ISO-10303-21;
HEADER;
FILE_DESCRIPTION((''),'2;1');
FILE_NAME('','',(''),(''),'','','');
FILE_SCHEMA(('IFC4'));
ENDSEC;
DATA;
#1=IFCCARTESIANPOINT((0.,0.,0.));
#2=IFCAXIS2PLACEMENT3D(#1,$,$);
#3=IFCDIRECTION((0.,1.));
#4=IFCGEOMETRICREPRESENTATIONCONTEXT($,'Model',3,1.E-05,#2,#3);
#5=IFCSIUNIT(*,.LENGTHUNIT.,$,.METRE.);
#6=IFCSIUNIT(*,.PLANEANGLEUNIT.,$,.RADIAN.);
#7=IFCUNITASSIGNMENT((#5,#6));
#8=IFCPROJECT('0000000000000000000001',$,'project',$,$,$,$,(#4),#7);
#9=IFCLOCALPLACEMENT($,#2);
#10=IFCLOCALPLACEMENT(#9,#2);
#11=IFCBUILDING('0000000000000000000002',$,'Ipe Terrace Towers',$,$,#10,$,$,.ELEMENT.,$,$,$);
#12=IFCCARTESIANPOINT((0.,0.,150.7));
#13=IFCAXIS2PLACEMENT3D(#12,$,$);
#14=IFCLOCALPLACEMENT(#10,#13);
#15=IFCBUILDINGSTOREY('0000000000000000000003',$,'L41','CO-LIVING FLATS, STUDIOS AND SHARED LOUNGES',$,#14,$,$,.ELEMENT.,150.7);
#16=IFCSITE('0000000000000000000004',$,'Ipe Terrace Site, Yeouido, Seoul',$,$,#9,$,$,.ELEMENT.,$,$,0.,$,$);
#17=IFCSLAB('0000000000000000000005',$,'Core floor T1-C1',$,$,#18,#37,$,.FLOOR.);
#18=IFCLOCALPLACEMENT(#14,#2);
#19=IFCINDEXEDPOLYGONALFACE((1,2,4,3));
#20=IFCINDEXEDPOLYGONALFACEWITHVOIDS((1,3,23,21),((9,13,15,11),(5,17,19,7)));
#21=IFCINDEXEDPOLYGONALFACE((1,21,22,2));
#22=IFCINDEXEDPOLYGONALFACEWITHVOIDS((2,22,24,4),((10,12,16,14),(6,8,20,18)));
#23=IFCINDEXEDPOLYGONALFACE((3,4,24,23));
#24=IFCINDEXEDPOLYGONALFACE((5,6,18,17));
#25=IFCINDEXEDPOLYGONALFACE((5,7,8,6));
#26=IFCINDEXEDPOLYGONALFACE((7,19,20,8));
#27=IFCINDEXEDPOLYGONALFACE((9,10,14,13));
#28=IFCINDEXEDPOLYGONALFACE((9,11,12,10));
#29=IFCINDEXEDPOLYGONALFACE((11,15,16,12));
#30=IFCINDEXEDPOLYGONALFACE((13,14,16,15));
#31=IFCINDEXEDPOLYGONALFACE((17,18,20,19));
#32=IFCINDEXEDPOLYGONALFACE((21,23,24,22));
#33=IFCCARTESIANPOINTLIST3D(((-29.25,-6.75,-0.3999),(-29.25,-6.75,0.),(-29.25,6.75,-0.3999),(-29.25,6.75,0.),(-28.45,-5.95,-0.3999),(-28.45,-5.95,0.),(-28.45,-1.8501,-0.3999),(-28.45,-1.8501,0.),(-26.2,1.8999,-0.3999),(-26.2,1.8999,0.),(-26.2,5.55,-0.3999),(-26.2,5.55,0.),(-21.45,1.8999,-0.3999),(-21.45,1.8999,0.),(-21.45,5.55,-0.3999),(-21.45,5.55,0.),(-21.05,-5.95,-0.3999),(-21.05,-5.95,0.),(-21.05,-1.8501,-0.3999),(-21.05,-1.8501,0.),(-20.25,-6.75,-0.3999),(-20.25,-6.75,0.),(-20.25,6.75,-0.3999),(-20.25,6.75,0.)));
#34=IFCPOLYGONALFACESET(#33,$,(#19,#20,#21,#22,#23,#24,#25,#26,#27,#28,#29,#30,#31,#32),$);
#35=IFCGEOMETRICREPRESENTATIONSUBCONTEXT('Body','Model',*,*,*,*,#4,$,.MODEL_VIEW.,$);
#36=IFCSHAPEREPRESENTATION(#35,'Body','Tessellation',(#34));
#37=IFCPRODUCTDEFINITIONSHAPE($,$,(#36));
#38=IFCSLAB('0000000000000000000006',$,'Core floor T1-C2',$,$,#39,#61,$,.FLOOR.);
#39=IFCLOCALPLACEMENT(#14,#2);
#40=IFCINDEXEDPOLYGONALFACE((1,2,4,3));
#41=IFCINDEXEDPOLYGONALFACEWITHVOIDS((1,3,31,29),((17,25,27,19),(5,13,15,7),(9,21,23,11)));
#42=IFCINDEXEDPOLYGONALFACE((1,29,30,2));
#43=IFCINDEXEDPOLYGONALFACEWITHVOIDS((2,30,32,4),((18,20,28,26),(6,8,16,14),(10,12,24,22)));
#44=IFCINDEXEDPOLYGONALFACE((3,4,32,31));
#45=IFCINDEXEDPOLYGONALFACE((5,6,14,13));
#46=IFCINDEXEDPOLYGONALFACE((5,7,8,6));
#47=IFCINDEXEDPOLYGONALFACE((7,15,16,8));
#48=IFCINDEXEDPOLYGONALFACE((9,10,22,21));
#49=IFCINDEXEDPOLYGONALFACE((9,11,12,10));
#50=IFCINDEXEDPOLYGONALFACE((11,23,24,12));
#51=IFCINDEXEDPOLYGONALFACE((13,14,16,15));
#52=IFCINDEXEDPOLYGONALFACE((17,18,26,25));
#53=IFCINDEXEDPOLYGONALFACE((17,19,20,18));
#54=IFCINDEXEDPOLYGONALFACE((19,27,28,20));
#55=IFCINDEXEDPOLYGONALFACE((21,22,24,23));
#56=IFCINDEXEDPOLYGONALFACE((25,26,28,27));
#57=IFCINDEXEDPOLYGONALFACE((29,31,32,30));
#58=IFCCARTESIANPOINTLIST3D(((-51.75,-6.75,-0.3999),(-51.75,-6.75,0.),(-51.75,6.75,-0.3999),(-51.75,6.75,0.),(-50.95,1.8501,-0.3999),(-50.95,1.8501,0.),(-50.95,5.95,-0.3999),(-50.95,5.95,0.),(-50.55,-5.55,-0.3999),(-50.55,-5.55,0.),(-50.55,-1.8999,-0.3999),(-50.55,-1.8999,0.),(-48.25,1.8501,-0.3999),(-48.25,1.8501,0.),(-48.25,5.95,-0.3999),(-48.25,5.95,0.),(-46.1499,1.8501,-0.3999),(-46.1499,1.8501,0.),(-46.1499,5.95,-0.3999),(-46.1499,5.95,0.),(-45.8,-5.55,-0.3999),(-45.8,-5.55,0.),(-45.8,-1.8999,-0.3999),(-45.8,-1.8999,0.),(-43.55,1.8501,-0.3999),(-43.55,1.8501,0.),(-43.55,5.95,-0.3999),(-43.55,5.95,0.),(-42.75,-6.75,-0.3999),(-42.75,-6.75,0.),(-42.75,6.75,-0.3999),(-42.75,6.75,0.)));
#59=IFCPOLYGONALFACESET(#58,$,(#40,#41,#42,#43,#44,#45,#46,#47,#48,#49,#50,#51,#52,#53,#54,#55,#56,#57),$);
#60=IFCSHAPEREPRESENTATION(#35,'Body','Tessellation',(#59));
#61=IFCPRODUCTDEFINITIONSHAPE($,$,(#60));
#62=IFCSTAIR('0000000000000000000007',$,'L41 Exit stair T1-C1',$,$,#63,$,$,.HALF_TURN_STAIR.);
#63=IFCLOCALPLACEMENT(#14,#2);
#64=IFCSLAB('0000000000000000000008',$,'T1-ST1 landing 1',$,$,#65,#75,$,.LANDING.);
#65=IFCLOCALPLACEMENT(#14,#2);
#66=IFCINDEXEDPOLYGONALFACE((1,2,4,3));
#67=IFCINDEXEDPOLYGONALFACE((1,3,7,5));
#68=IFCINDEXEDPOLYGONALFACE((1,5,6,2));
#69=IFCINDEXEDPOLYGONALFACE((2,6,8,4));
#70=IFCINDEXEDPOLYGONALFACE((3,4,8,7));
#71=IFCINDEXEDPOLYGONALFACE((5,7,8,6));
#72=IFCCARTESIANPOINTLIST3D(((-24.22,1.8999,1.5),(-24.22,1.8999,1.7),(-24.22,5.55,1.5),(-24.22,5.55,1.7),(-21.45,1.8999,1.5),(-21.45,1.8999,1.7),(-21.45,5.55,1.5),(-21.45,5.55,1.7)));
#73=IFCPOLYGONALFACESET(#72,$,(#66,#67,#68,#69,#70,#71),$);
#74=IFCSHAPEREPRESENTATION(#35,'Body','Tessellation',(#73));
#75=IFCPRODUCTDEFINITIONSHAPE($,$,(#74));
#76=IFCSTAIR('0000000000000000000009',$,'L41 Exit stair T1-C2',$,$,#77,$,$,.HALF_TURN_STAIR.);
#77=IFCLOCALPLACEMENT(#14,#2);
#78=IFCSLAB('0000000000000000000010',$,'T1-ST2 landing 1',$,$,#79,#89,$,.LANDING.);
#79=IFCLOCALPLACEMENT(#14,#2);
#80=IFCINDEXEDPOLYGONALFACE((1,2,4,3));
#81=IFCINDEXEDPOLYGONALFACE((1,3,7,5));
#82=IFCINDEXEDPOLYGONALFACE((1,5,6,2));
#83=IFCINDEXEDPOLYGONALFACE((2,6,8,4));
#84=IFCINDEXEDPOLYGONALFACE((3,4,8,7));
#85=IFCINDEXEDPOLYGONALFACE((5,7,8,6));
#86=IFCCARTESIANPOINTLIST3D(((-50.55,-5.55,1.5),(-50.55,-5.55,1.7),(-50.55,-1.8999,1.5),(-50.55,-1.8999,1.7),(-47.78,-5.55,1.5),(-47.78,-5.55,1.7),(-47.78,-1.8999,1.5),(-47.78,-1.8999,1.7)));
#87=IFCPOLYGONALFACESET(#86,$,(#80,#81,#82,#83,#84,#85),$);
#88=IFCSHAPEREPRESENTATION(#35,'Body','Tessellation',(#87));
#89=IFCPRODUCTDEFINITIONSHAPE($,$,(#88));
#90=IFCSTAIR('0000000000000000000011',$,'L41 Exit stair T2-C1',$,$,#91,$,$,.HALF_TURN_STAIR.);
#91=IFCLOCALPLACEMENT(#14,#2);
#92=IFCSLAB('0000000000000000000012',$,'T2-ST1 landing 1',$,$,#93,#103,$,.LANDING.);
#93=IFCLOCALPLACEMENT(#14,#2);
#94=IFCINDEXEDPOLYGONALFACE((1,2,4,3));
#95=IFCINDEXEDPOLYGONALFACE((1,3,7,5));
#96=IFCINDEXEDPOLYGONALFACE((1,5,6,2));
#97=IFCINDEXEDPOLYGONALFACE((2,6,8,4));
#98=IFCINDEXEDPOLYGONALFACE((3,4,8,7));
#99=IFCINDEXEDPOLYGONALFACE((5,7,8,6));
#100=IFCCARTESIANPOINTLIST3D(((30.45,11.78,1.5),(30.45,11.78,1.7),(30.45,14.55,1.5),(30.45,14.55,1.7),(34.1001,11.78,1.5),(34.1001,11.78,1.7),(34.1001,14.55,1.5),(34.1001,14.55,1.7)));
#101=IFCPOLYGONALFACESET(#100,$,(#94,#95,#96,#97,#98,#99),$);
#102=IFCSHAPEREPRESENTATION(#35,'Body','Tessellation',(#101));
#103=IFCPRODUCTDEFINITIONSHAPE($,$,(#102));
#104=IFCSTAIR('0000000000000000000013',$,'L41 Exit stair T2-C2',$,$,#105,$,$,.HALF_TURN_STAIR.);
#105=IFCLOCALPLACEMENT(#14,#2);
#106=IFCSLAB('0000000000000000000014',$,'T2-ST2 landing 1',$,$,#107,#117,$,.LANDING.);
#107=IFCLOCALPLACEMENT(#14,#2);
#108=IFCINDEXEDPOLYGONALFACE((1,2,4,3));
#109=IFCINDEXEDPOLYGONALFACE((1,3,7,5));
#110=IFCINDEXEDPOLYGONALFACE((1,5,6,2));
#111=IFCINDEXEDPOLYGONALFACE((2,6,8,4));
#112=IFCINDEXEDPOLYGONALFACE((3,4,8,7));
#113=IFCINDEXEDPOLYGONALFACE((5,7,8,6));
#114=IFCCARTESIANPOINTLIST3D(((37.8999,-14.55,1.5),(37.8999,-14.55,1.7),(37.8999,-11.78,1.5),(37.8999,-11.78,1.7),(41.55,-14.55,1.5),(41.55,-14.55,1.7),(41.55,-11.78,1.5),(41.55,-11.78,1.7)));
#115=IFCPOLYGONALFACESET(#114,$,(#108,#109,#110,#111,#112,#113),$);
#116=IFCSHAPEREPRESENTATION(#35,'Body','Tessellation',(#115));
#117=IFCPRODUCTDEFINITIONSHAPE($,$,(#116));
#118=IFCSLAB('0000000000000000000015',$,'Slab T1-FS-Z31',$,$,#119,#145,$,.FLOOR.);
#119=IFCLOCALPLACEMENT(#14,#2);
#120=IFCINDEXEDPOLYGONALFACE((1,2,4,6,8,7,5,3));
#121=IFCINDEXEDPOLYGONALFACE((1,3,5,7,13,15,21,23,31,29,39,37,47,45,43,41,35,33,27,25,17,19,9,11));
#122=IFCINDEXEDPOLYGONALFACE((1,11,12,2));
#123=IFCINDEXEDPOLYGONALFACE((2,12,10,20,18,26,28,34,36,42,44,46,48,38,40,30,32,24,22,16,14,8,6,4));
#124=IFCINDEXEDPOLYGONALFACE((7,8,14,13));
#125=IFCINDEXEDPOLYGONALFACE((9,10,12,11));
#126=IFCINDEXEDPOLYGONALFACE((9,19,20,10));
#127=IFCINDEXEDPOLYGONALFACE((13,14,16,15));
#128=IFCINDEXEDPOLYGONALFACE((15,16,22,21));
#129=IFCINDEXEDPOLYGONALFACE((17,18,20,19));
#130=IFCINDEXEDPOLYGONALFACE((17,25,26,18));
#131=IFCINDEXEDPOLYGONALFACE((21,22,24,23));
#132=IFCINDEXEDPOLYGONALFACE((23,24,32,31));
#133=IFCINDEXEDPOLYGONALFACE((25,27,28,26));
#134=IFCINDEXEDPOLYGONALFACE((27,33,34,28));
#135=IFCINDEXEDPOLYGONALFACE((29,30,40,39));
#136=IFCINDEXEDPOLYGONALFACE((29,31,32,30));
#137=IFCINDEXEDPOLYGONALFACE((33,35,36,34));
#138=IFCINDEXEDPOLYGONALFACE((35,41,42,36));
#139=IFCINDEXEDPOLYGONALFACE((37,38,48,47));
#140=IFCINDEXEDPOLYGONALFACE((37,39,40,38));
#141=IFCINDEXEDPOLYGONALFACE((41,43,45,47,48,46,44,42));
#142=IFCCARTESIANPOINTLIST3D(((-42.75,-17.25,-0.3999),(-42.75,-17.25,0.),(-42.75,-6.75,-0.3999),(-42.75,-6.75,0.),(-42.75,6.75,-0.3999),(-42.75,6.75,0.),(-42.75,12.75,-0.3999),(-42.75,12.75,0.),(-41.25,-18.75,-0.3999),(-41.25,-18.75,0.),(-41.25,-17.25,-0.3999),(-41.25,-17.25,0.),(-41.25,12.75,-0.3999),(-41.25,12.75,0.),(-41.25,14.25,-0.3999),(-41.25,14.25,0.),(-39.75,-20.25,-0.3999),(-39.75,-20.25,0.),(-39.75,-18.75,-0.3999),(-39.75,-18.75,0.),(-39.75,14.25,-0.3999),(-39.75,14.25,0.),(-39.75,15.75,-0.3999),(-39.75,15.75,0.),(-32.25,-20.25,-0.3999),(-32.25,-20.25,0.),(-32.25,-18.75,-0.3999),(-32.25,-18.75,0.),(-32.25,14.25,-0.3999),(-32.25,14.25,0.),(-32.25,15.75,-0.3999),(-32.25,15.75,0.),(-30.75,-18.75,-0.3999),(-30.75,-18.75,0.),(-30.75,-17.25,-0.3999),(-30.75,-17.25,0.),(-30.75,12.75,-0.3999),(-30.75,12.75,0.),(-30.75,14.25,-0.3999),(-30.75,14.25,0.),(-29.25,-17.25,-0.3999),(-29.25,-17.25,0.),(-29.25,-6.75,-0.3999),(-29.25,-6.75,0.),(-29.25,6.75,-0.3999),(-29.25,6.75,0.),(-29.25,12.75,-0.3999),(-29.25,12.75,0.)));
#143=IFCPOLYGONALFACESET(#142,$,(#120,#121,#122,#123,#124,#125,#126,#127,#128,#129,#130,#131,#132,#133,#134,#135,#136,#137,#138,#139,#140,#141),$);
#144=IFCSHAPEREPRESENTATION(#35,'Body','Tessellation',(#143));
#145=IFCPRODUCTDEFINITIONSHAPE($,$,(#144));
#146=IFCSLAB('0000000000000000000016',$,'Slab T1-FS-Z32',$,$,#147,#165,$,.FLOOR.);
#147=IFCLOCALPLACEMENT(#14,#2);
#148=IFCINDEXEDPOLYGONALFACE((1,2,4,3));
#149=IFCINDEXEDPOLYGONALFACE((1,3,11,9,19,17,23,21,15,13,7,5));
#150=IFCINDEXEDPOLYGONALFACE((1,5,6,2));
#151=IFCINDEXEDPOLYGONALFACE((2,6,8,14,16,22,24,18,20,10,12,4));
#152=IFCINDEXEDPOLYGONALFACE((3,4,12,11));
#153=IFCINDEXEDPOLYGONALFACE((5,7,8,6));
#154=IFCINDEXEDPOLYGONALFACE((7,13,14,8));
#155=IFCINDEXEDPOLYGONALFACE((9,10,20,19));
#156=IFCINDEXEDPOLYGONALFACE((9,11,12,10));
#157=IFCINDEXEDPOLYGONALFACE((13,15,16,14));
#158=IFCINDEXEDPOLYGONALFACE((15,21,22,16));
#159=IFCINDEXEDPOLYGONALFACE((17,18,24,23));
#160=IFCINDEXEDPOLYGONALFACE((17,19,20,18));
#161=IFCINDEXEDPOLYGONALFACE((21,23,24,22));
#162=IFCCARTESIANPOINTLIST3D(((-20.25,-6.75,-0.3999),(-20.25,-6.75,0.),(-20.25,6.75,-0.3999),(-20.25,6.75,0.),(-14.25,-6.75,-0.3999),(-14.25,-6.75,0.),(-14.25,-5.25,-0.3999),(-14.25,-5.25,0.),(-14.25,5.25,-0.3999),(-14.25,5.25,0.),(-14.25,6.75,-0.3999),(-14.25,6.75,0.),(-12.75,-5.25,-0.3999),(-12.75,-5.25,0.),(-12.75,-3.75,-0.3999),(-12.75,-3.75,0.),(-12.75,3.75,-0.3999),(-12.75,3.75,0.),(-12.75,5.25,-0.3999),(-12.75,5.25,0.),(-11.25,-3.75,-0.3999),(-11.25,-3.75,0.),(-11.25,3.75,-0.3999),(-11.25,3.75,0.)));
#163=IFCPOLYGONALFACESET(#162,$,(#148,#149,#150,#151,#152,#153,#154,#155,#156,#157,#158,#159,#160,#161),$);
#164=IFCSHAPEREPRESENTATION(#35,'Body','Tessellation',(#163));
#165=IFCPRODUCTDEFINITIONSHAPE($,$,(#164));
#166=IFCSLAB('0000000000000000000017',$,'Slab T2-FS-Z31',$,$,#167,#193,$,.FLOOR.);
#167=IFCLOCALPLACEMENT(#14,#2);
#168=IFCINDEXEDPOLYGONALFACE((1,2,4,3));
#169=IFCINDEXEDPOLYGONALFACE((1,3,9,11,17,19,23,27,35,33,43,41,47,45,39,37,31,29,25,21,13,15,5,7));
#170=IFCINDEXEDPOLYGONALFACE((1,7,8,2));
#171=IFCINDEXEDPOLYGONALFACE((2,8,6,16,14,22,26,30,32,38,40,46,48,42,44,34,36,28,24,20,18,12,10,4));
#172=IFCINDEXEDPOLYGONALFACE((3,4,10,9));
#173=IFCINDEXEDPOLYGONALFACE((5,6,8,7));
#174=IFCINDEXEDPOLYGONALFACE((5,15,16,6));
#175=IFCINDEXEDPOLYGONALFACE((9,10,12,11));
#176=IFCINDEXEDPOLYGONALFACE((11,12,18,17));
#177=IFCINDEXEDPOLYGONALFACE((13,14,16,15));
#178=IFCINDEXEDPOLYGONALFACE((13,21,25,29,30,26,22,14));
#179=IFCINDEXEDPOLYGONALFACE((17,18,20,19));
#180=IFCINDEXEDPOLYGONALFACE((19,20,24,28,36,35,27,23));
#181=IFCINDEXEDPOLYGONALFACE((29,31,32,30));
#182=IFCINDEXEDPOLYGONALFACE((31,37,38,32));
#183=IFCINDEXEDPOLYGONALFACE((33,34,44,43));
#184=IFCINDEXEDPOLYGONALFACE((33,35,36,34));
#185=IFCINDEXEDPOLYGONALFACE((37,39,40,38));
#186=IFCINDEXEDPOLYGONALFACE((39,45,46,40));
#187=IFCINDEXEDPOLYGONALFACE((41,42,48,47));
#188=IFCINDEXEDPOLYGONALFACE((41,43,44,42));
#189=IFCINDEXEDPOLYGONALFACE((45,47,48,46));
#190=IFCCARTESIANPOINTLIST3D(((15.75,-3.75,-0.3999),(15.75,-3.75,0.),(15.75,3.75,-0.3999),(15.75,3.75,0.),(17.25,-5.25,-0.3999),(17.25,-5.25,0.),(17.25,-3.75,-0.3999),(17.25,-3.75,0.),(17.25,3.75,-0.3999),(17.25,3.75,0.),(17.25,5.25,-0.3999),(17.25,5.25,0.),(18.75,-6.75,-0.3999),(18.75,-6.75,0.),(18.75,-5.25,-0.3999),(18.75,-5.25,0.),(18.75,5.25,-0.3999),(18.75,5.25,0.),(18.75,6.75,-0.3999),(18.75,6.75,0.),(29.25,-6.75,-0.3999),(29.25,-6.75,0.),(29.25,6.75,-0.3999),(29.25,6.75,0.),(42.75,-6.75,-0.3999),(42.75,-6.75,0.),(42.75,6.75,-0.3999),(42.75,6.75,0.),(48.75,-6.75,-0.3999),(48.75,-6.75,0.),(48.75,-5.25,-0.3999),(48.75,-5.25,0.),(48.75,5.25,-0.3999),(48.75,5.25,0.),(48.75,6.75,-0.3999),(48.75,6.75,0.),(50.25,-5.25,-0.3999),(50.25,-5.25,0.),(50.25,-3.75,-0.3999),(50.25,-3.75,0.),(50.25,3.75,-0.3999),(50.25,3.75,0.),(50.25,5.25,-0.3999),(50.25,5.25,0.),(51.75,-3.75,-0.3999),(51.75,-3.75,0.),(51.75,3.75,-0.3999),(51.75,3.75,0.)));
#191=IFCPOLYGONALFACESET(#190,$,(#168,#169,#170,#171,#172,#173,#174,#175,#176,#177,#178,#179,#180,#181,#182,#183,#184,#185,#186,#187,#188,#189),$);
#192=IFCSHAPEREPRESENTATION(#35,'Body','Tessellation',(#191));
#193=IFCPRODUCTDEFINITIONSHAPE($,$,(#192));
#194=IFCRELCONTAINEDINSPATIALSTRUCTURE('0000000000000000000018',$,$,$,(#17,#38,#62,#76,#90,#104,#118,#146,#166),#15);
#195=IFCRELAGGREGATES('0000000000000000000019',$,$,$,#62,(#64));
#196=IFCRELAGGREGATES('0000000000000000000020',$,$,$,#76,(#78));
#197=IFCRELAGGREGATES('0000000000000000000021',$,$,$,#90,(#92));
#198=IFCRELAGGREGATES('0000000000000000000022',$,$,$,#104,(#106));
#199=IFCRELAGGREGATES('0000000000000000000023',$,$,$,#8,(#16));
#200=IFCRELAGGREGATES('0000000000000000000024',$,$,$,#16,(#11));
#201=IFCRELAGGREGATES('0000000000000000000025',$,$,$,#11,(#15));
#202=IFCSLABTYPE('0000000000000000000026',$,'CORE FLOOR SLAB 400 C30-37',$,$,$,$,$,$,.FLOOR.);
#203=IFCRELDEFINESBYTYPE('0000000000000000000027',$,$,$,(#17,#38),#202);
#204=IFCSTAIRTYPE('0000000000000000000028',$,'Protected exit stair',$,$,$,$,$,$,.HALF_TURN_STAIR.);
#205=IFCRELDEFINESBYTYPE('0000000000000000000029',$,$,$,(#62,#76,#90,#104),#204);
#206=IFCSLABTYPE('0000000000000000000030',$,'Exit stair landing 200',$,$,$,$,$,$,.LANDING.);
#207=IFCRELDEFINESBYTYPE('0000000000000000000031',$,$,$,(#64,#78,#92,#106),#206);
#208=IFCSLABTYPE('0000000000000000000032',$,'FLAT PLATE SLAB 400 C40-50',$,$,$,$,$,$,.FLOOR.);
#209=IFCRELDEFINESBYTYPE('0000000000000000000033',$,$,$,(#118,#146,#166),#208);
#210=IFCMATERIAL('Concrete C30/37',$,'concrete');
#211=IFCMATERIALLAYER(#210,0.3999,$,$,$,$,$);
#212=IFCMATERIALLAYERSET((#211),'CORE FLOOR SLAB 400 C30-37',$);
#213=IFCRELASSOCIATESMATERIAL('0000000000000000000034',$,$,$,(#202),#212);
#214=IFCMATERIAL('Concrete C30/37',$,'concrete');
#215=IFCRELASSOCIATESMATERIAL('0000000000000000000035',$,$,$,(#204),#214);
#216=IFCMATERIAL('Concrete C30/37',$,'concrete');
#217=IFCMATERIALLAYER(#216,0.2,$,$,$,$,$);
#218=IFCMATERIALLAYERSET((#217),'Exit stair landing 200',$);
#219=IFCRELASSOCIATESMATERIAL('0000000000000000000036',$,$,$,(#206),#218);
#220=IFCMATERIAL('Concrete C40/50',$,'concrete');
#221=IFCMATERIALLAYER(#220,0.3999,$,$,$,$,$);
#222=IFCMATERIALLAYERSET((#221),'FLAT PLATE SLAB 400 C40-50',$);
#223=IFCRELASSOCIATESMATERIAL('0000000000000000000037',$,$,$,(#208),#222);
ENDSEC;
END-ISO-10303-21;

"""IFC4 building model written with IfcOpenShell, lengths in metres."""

from ifc_helpers import new_model, si_unit, direction, frame, origin, place, context, subcontext, project, spatial, polyline, outline, extrude, material, layer, layer_set, type_object, element, aggregate, save


model = new_model("IFC4")

# Units and contexts
model_context = context("Model", 3, precision=1e-05, world=origin(), true_north=direction((0.0, 1.0)))
body_context = subcontext(model_context, "Body", "Model", "MODEL_VIEW")
ifc_project = project(units=[si_unit("LENGTHUNIT", "METRE"), si_unit("PLANEANGLEUNIT", "RADIAN")], contexts=[model_context])

# Site, building, storey
site_placement = place(None, origin())
site = spatial("IfcSite", under=ifc_project, at=site_placement, Name="Ipe Terrace Site, Yeouido, Seoul", CompositionType="ELEMENT", RefElevation=0.0)
building_placement = place(site_placement, origin())
building = spatial("IfcBuilding", under=site, at=building_placement, Name="Ipe Terrace Towers", CompositionType="ELEMENT")
storey_placement = place(building_placement, frame((0.0, 0.0, 150.7)))
storey = spatial("IfcBuildingStorey", under=building, at=storey_placement, Name="L41", Description="CO-LIVING FLATS, STUDIOS AND SHARED LOUNGES", CompositionType="ELEMENT", Elevation=150.7)

# Slabs
ifc_material_1 = material(Name="Concrete C30/37", Category="concrete")
ifc_layer_1 = layer(ifc_material_1, 0.3999)
ifc_layer_set_1 = layer_set([ifc_layer_1], Name="CORE FLOOR SLAB 400 C30-37")
slab_type_1 = type_object("IfcSlabType", Name="CORE FLOOR SLAB 400 C30-37", PredefinedType="FLOOR", material=ifc_layer_set_1)
slab_1_placement = place(storey_placement, frame((0.0, 0.0, -0.3999)))
element("IfcSlab", 1, at=slab_1_placement, inside=storey, type_object=slab_type_1, Name="Core floor T1-C1", PredefinedType="FLOOR", context=body_context, shape_type="SweptSolid", body=[
    extrude(outline(polyline([(-29.25, -6.75), (-29.25, 6.75), (-20.25, 6.75), (-20.25, -6.75), (-29.25, -6.75)]), holes=[polyline([(-28.45, -5.95), (-21.05, -5.95), (-21.05, -1.8501), (-28.45, -1.8501), (-28.45, -5.95)]), polyline([(-26.2, 5.55), (-26.2, 1.8999), (-21.45, 1.8999), (-21.45, 5.55), (-26.2, 5.55)])]), origin(), (0.0, 0.0, 1.0), 0.3999),
])
slab_2_placement = place(storey_placement, frame((0.0, 0.0, -0.3999)))
element("IfcSlab", 2, at=slab_2_placement, inside=storey, type_object=slab_type_1, Name="Core floor T1-C2", PredefinedType="FLOOR", context=body_context, shape_type="SweptSolid", body=[
    extrude(outline(polyline([(-51.75, -6.75), (-51.75, 6.75), (-42.75, 6.75), (-42.75, -6.75), (-51.75, -6.75)]), holes=[polyline([(-45.8, -1.8999), (-50.55, -1.8999), (-50.55, -5.55), (-45.8, -5.55), (-45.8, -1.8999)]), polyline([(-48.25, 1.8501), (-48.25, 5.95), (-50.95, 5.95), (-50.95, 1.8501), (-48.25, 1.8501)]), polyline([(-43.55, 1.8501), (-43.55, 5.95), (-46.1499, 5.95), (-46.1499, 1.8501), (-43.55, 1.8501)])]), origin(), (0.0, 0.0, 1.0), 0.3999),
])

# Stairs, slabs
ifc_material_2 = material(Name="Concrete C30/37", Category="concrete")
stair_type = type_object("IfcStairType", Name="Protected exit stair", PredefinedType="HALF_TURN_STAIR", material=ifc_material_2)
stair_1_placement = place(storey_placement, origin())
stair_1 = element("IfcStair", 3, at=stair_1_placement, inside=storey, type_object=stair_type, Name="L41 Exit stair T1-C1", PredefinedType="HALF_TURN_STAIR")
ifc_material_3 = material(Name="Concrete C30/37", Category="concrete")
ifc_layer_2 = layer(ifc_material_3, 0.2)
ifc_layer_set_2 = layer_set([ifc_layer_2], Name="Exit stair landing 200")
slab_type_2 = type_object("IfcSlabType", Name="Exit stair landing 200", PredefinedType="LANDING", material=ifc_layer_set_2)
slab_3_placement = place(storey_placement, frame((0.0, 0.0, 1.5)))
slab_3 = element("IfcSlab", 4, at=slab_3_placement, type_object=slab_type_2, Name="T1-ST1 landing 1", PredefinedType="LANDING", context=body_context, shape_type="SweptSolid", body=[
    extrude(outline(polyline([(-24.22, 1.8999), (-21.45, 1.8999), (-21.45, 5.55), (-24.22, 5.55), (-24.22, 1.8999)])), origin(), (0.0, 0.0, 1.0), 0.2),
])
aggregate(stair_1, [slab_3])
stair_2_placement = place(storey_placement, origin())
stair_2 = element("IfcStair", 5, at=stair_2_placement, inside=storey, type_object=stair_type, Name="L41 Exit stair T1-C2", PredefinedType="HALF_TURN_STAIR")
slab_4_placement = place(storey_placement, frame((0.0, 0.0, 1.5)))
slab_4 = element("IfcSlab", 6, at=slab_4_placement, type_object=slab_type_2, Name="T1-ST2 landing 1", PredefinedType="LANDING", context=body_context, shape_type="SweptSolid", body=[
    extrude(outline(polyline([(-47.78, -1.8999), (-50.55, -1.8999), (-50.55, -5.55), (-47.78, -5.55), (-47.78, -1.8999)])), origin(), (0.0, 0.0, 1.0), 0.2),
])
aggregate(stair_2, [slab_4])
stair_3_placement = place(storey_placement, origin())
stair_3 = element("IfcStair", 7, at=stair_3_placement, inside=storey, type_object=stair_type, Name="L41 Exit stair T2-C1", PredefinedType="HALF_TURN_STAIR")
slab_5_placement = place(storey_placement, frame((0.0, 0.0, 1.5)))
slab_5 = element("IfcSlab", 8, at=slab_5_placement, type_object=slab_type_2, Name="T2-ST1 landing 1", PredefinedType="LANDING", context=body_context, shape_type="SweptSolid", body=[
    extrude(outline(polyline([(34.1001, 11.78), (34.1001, 14.55), (30.45, 14.55), (30.45, 11.78), (34.1001, 11.78)])), origin(), (0.0, 0.0, 1.0), 0.2),
])
aggregate(stair_3, [slab_5])
stair_4_placement = place(storey_placement, origin())
stair_4 = element("IfcStair", 9, at=stair_4_placement, inside=storey, type_object=stair_type, Name="L41 Exit stair T2-C2", PredefinedType="HALF_TURN_STAIR")
slab_6_placement = place(storey_placement, frame((0.0, 0.0, 1.5)))
slab_6 = element("IfcSlab", 10, at=slab_6_placement, type_object=slab_type_2, Name="T2-ST2 landing 1", PredefinedType="LANDING", context=body_context, shape_type="SweptSolid", body=[
    extrude(outline(polyline([(37.8999, -11.78), (37.8999, -14.55), (41.55, -14.55), (41.55, -11.78), (37.8999, -11.78)])), origin(), (0.0, 0.0, 1.0), 0.2),
])
aggregate(stair_4, [slab_6])

# Slabs
ifc_material_4 = material(Name="Concrete C40/50", Category="concrete")
ifc_layer_3 = layer(ifc_material_4, 0.3999)
ifc_layer_set_3 = layer_set([ifc_layer_3], Name="FLAT PLATE SLAB 400 C40-50")
slab_type_3 = type_object("IfcSlabType", Name="FLAT PLATE SLAB 400 C40-50", PredefinedType="FLOOR", material=ifc_layer_set_3)
slab_7_placement = place(storey_placement, frame((0.0, 0.0, -0.3999)))
element("IfcSlab", 11, at=slab_7_placement, inside=storey, type_object=slab_type_3, Name="Slab T1-FS-Z31", PredefinedType="FLOOR", context=body_context, shape_type="SweptSolid", body=[
    extrude(outline(polyline([(-30.75, -17.25), (-30.75, -18.75), (-32.25, -18.75), (-32.25, -20.25), (-39.75, -20.25), (-39.75, -18.75), (-41.25, -18.75), (-41.25, -17.25), (-42.75, -17.25), (-42.75, -6.75), (-42.75, 6.75), (-42.75, 12.75), (-41.25, 12.75), (-41.25, 14.25), (-39.75, 14.25), (-39.75, 15.75), (-32.25, 15.75), (-32.25, 14.25), (-30.75, 14.25), (-30.75, 12.75), (-29.25, 12.75), (-29.25, 6.75), (-29.25, -6.75), (-29.25, -17.25), (-30.75, -17.25)])), origin(), (0.0, 0.0, 1.0), 0.3999),
])
slab_8_placement = place(storey_placement, frame((0.0, 0.0, -0.3999)))
element("IfcSlab", 12, at=slab_8_placement, inside=storey, type_object=slab_type_3, Name="Slab T1-FS-Z32", PredefinedType="FLOOR", context=body_context, shape_type="SweptSolid", body=[
    extrude(outline(polyline([(-14.25, 5.25), (-12.75, 5.25), (-12.75, 3.75), (-11.25, 3.75), (-11.25, -3.75), (-12.75, -3.75), (-12.75, -5.25), (-14.25, -5.25), (-14.25, -6.75), (-20.25, -6.75), (-20.25, 6.75), (-14.25, 6.75), (-14.25, 5.25)])), origin(), (0.0, 0.0, 1.0), 0.3999),
])
slab_9_placement = place(storey_placement, frame((0.0, 0.0, -0.3999)))
element("IfcSlab", 13, at=slab_9_placement, inside=storey, type_object=slab_type_3, Name="Slab T2-FS-Z31", PredefinedType="FLOOR", context=body_context, shape_type="SweptSolid", body=[
    extrude(outline(polyline([(48.75, 5.25), (50.25, 5.25), (50.25, 3.75), (51.75, 3.75), (51.75, -3.75), (50.25, -3.75), (50.25, -5.25), (48.75, -5.25), (48.75, -6.75), (42.75, -6.75), (29.25, -6.75), (18.75, -6.75), (18.75, -5.25), (17.25, -5.25), (17.25, -3.75), (15.75, -3.75), (15.75, 3.75), (17.25, 3.75), (17.25, 5.25), (18.75, 5.25), (18.75, 6.75), (29.25, 6.75), (42.75, 6.75), (48.75, 6.75), (48.75, 5.25)])), origin(), (0.0, 0.0, 1.0), 0.3999),
])

save(model, "model.ifc")
